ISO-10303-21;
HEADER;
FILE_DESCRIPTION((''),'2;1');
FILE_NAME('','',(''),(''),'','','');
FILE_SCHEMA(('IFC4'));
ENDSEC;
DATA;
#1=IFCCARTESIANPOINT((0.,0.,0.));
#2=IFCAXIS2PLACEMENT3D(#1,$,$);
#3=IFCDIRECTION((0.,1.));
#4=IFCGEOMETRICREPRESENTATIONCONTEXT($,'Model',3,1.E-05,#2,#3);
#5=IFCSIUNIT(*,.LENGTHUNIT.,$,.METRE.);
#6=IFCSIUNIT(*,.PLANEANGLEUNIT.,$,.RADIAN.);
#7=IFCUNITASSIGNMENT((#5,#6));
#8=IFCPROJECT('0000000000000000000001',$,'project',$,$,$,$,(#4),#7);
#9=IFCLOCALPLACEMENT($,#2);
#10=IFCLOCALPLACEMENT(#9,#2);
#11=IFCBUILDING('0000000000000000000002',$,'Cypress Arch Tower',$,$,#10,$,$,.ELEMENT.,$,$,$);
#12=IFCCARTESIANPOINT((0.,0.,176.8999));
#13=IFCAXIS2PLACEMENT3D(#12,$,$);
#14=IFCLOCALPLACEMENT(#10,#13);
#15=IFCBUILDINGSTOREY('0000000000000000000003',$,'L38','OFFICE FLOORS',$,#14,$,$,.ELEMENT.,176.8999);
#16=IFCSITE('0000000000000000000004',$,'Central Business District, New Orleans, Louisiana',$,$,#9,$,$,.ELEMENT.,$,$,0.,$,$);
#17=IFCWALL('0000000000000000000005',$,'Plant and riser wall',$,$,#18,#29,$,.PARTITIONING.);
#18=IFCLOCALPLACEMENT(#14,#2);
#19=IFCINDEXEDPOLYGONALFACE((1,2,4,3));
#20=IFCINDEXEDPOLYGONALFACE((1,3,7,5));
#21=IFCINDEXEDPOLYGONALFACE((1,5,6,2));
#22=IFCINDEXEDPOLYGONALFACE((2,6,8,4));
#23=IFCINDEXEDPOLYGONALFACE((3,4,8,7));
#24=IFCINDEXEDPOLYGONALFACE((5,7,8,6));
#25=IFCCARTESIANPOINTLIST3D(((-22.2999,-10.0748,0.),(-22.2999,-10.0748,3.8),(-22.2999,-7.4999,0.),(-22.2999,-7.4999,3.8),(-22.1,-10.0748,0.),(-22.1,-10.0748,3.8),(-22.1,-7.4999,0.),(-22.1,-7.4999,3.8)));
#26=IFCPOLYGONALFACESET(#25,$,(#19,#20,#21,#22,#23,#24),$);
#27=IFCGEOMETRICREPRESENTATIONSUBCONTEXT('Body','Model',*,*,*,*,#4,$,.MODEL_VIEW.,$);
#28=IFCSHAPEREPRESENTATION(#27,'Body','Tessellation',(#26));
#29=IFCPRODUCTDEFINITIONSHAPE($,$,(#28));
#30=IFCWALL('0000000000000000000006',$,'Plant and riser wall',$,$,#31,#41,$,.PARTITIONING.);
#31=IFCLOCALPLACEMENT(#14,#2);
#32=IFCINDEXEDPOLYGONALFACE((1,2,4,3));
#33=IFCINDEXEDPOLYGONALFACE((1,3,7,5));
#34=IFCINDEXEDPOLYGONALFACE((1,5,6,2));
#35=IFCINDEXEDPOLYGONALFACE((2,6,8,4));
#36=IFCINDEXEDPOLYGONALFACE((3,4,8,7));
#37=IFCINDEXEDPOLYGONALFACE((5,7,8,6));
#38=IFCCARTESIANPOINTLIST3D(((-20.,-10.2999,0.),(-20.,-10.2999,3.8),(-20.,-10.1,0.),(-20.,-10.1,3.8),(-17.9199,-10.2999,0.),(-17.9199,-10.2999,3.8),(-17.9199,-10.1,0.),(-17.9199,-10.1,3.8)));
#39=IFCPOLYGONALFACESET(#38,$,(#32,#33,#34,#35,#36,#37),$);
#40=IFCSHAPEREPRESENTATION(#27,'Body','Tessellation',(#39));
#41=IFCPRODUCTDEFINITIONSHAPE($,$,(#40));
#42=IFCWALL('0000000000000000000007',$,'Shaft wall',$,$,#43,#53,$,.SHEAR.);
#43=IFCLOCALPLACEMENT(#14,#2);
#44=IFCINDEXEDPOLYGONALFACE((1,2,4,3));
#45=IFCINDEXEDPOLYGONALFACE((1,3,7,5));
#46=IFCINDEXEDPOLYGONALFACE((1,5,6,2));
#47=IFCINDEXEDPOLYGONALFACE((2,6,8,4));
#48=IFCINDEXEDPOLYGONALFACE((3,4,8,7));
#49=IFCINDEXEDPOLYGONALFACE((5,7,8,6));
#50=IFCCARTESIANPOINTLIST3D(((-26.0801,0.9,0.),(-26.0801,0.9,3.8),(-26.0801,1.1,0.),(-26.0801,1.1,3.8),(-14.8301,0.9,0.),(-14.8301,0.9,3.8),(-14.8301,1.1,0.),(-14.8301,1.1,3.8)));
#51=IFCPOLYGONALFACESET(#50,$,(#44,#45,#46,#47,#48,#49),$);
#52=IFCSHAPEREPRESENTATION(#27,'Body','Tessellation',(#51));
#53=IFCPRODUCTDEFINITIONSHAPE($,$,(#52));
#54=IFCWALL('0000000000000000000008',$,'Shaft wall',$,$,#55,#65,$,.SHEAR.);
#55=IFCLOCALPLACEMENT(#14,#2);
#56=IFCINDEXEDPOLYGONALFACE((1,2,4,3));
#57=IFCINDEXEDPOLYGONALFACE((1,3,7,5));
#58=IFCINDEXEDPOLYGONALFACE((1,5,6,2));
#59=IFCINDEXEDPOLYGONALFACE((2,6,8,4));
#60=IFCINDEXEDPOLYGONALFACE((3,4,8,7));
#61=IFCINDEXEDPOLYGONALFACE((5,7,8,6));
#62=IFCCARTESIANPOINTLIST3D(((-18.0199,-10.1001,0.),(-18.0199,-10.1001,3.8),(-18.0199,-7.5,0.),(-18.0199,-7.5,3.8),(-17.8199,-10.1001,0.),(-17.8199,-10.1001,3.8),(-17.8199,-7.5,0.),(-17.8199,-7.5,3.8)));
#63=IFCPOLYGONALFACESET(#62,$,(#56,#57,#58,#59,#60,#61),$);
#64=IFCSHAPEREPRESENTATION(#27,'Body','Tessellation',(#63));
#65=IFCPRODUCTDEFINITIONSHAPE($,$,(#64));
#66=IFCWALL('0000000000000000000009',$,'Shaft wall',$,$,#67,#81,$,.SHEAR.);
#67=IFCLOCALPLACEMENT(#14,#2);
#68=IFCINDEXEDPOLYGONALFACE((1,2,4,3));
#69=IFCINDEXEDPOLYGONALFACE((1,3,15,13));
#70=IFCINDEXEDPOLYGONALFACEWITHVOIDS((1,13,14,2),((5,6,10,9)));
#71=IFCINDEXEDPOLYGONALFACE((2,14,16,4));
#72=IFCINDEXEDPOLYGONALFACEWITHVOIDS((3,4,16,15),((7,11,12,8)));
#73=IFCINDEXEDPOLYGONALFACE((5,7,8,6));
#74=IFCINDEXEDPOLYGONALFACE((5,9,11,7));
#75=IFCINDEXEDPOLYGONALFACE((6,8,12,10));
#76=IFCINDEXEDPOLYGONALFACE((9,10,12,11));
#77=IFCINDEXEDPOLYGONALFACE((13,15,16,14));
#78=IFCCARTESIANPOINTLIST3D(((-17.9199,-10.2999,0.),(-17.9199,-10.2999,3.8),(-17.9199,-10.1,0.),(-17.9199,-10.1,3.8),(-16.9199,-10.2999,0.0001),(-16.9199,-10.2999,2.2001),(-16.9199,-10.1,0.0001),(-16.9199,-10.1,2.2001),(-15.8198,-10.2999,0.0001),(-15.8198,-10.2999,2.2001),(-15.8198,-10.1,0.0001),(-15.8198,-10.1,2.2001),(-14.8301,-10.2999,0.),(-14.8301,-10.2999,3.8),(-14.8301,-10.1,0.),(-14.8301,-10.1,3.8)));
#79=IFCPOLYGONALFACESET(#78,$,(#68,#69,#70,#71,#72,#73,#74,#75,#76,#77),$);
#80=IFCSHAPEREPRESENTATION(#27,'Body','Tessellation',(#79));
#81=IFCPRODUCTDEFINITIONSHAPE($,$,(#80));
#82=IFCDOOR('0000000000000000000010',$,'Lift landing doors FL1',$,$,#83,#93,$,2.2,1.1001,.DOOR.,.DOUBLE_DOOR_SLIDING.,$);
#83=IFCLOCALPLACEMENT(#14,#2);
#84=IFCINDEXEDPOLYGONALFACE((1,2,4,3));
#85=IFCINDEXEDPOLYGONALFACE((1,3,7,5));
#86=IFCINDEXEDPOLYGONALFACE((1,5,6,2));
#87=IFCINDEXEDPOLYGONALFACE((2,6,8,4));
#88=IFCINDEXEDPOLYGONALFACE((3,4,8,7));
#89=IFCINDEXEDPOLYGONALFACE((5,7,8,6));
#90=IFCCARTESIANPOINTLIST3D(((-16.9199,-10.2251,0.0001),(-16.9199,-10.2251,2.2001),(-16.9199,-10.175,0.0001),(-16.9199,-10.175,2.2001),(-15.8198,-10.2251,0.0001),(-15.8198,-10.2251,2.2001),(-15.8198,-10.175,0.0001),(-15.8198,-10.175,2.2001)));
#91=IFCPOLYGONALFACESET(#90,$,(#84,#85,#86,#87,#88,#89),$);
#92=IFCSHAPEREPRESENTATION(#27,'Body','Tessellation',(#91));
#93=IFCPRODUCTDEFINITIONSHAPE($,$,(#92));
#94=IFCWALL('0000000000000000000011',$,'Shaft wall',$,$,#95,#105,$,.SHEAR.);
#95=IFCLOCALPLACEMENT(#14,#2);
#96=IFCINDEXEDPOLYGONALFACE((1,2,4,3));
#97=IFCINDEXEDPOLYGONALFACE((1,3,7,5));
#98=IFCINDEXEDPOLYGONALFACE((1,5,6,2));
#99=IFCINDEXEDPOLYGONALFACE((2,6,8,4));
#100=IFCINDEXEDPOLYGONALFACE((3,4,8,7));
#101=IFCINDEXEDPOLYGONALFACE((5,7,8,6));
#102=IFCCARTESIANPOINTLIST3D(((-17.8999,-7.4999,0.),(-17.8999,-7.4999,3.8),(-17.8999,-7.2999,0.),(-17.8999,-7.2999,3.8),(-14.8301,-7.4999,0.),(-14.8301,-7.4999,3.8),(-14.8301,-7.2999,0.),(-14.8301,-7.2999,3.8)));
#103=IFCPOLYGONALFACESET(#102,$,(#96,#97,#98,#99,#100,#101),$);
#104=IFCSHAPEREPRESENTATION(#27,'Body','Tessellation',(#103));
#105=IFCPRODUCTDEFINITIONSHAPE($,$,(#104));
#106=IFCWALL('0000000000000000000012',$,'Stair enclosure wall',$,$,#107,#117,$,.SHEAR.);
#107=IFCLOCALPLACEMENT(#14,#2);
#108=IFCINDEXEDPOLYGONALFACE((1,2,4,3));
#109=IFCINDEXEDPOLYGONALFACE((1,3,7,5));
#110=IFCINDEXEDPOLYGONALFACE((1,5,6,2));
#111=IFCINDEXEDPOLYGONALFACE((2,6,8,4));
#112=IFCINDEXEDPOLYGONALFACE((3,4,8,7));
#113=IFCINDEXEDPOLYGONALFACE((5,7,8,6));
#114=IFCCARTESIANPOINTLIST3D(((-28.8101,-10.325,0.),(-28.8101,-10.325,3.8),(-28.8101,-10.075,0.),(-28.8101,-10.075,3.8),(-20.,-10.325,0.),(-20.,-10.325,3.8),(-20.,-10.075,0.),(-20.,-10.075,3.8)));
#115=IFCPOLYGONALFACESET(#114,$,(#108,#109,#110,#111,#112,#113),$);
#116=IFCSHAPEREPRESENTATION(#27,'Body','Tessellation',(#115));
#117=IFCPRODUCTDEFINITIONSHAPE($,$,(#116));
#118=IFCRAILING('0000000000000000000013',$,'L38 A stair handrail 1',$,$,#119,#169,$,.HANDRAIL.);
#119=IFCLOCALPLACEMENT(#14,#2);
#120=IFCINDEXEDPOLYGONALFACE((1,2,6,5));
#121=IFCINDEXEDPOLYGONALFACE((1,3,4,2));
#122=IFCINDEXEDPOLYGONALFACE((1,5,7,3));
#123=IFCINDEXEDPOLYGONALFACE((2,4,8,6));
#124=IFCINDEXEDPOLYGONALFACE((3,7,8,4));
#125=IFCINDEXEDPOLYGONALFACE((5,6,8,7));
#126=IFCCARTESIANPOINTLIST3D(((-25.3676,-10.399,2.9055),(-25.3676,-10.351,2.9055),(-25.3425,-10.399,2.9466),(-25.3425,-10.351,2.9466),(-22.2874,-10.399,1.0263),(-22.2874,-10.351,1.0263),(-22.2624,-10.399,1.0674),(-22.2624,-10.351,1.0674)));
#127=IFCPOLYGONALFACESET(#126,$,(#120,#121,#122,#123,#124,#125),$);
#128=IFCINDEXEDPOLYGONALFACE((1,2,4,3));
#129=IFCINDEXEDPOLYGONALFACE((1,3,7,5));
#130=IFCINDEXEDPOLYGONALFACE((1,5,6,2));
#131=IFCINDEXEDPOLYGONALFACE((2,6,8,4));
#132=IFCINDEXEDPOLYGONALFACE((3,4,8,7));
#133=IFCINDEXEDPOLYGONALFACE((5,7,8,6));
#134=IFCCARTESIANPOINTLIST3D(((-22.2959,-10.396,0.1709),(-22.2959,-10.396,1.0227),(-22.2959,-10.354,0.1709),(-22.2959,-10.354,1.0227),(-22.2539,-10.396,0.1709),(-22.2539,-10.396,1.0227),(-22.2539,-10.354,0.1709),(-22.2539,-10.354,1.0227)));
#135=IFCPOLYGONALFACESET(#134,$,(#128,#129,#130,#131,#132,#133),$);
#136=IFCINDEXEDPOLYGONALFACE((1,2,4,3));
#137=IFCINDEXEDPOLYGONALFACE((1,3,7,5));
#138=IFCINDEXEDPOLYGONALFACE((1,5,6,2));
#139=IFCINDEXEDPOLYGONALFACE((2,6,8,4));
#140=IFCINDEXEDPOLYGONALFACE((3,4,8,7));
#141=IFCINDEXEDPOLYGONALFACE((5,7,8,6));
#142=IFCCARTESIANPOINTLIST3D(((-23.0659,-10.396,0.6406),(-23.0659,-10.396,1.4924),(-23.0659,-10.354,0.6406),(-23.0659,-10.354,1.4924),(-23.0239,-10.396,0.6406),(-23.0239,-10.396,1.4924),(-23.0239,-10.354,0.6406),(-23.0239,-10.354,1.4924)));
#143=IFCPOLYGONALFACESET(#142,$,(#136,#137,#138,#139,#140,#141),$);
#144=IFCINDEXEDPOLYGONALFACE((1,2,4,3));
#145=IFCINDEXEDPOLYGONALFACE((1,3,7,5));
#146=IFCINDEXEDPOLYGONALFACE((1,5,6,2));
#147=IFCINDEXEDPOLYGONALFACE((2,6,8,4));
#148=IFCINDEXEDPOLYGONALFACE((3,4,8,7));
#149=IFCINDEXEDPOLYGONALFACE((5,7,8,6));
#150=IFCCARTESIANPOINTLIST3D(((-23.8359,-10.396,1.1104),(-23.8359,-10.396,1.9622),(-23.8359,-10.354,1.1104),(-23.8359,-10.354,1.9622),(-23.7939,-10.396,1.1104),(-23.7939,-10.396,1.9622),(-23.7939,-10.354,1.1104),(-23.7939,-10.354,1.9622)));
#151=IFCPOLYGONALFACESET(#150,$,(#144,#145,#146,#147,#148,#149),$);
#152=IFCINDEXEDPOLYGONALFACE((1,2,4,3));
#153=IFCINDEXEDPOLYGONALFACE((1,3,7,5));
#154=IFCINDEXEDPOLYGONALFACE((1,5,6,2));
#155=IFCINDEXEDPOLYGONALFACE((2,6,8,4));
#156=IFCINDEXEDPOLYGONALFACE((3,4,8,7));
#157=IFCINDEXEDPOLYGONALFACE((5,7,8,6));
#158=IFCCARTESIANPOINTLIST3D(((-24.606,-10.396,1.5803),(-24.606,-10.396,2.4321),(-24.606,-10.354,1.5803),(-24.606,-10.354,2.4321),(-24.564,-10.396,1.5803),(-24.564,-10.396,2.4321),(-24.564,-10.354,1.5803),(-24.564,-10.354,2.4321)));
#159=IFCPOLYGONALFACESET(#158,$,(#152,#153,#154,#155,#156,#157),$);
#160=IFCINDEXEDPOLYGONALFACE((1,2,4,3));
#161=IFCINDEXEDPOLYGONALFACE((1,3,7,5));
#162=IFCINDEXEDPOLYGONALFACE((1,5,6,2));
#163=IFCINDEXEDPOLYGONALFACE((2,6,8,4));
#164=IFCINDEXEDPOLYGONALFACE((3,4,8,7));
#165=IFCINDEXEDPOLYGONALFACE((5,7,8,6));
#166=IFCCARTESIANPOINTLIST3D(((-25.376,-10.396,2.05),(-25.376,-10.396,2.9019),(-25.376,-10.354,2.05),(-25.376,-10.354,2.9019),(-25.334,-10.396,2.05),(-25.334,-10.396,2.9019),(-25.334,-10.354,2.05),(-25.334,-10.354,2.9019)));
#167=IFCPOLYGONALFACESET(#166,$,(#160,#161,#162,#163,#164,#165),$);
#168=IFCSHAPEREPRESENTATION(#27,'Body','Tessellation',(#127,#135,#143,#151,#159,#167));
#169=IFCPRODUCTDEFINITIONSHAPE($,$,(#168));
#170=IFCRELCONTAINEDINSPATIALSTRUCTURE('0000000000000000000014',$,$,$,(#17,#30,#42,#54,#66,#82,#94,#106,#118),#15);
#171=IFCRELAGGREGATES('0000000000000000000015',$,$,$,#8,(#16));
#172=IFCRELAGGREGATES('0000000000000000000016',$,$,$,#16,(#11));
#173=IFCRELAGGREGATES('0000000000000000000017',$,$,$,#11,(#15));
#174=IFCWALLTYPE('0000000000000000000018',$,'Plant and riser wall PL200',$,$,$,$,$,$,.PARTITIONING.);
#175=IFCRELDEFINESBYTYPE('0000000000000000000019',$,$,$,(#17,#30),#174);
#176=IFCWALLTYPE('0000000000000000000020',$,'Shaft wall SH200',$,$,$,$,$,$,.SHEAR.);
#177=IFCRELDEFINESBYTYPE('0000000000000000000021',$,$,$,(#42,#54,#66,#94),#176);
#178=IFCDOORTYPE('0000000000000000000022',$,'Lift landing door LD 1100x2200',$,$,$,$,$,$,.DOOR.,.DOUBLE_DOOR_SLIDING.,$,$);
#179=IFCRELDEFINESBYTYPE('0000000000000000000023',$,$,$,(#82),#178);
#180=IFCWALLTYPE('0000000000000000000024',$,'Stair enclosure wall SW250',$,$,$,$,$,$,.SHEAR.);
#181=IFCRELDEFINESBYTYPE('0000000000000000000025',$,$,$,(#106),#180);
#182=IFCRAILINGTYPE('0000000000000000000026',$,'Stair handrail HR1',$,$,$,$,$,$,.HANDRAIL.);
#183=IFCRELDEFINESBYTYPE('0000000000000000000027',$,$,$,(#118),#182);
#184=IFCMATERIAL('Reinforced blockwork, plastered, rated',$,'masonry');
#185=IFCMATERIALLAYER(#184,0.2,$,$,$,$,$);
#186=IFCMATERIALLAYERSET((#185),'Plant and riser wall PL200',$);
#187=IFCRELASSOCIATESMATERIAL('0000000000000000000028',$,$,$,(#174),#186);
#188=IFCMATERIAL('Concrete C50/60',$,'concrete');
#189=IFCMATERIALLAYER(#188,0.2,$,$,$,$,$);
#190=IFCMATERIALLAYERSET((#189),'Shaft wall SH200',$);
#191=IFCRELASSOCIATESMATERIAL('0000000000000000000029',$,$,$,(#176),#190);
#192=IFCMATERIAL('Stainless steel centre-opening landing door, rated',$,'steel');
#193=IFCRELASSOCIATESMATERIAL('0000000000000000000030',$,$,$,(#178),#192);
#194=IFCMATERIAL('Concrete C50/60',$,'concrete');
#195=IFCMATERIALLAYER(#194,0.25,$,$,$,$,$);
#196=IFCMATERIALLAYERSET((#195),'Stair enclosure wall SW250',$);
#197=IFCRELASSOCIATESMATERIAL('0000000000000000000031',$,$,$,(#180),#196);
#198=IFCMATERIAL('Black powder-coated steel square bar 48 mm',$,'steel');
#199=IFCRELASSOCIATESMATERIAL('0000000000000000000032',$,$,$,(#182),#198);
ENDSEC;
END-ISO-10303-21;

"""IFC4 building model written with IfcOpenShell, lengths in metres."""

from ifc_helpers import new_model, si_unit, direction, frame, frame_2d, origin, origin_2d, place, context, subcontext, project, spatial, rectangle, extrude, material, layer, layer_set, type_object, element, fill, save


model = new_model("IFC4")

# Units and contexts
model_context = context("Model", 3, precision=1e-05, world=origin(), true_north=direction((0.0, 1.0)))
body_context = subcontext(model_context, "Body", "Model", "MODEL_VIEW")
ifc_project = project(units=[si_unit("LENGTHUNIT", "METRE"), si_unit("PLANEANGLEUNIT", "RADIAN")], contexts=[model_context])

# Site, building, storey
site_placement = place(None, origin())
site = spatial("IfcSite", under=ifc_project, at=site_placement, Name="Central Business District, New Orleans, Louisiana", CompositionType="ELEMENT", RefElevation=0.0)
building_placement = place(site_placement, origin())
building = spatial("IfcBuilding", under=site, at=building_placement, Name="Cypress Arch Tower", CompositionType="ELEMENT")
storey_placement = place(building_placement, frame((0.0, 0.0, 176.8999)))
storey = spatial("IfcBuildingStorey", under=building, at=storey_placement, Name="L38", Description="OFFICE FLOORS", CompositionType="ELEMENT", Elevation=176.8999)

# Shared definitions
ifc_material_1 = material(Name="Reinforced blockwork, plastered, rated", Category="masonry")
ifc_layer_1 = layer(ifc_material_1, 0.2)
ifc_layer_set_1 = layer_set([ifc_layer_1], Name="Plant and riser wall PL200")
wall_type_1 = type_object("IfcWallType", Name="Plant and riser wall PL200", PredefinedType="PARTITIONING", material=ifc_layer_set_1)

# Walls
wall_1_placement = place(storey_placement, frame((-22.2, -10.075, 0.0), z_axis=(0.0, 0.0, 1.0), x_axis=(0.0, 1.0, 0.0)))
element("IfcWall", 1, at=wall_1_placement, inside=storey, type_object=wall_type_1, Name="Plant and riser wall", PredefinedType="PARTITIONING", context=body_context, shape_type="SweptSolid", body=[
    extrude(rectangle(XDim=2.575, YDim=0.2, at=frame_2d((1.2876, 0.0))), origin(), (0.0, 0.0, 1.0), 3.8),
])
wall_2_placement = place(storey_placement, frame((-20.0, -10.2, 0.0), z_axis=(0.0, 0.0, 1.0), x_axis=(1.0, 0.0, 0.0)))
element("IfcWall", 2, at=wall_2_placement, inside=storey, type_object=wall_type_1, Name="Plant and riser wall", PredefinedType="PARTITIONING", context=body_context, shape_type="SweptSolid", body=[
    extrude(rectangle(XDim=2.0801, YDim=0.2, at=frame_2d((1.04, 0.0))), origin(), (0.0, 0.0, 1.0), 3.8),
])
ifc_material_2 = material(Name="Concrete C50/60", Category="concrete")
ifc_layer_2 = layer(ifc_material_2, 0.2)
ifc_layer_set_2 = layer_set([ifc_layer_2], Name="Shaft wall SH200")
wall_type_2 = type_object("IfcWallType", Name="Shaft wall SH200", PredefinedType="SHEAR", material=ifc_layer_set_2)
wall_3_placement = place(storey_placement, frame((-26.0801, 1.0, 0.0), z_axis=(0.0, 0.0, 1.0), x_axis=(1.0, 0.0, 0.0)))
element("IfcWall", 3, at=wall_3_placement, inside=storey, type_object=wall_type_2, Name="Shaft wall", PredefinedType="SHEAR", context=body_context, shape_type="SweptSolid", body=[
    extrude(rectangle(XDim=11.25, YDim=0.2, at=frame_2d((5.625, 0.0))), origin(), (0.0, 0.0, 1.0), 3.8),
])
wall_4_placement = place(storey_placement, frame((-17.9199, -10.1001, 0.0), z_axis=(0.0, 0.0, 1.0), x_axis=(0.0, 1.0, 0.0)))
element("IfcWall", 4, at=wall_4_placement, inside=storey, type_object=wall_type_2, Name="Shaft wall", PredefinedType="SHEAR", context=body_context, shape_type="SweptSolid", body=[
    extrude(rectangle(XDim=2.6001, YDim=0.2, at=frame_2d((1.3, 0.0))), origin(), (0.0, 0.0, 1.0), 3.8),
])

# Wall, opening, door
wall_5_placement = place(storey_placement, frame((-17.9199, -10.2, 0.0), z_axis=(0.0, 0.0, 1.0), x_axis=(1.0, 0.0, 0.0)))
wall_5 = element("IfcWall", 5, at=wall_5_placement, inside=storey, type_object=wall_type_2, Name="Shaft wall", PredefinedType="SHEAR", context=body_context, shape_type="SweptSolid", body=[
    extrude(rectangle(XDim=3.0898, YDim=0.2, at=frame_2d((1.5449, 0.0))), origin(), (0.0, 0.0, 1.0), 3.8),
])
opening_1_placement = place(wall_5_placement, frame((1.0, 0.0, 0.0)))
opening_1 = element("IfcOpeningElement", 6, at=opening_1_placement, cuts=wall_5, PredefinedType="OPENING", context=body_context, shape_type="SweptSolid", body=[
    extrude(rectangle(XDim=1.1001, YDim=2.2, at=frame_2d((0.55, 1.1001))), frame((0.0, 0.1099, 0.0), z_axis=(0.0, -1.0, 0.0), x_axis=(1.0, 0.0, 0.0)), (0.0, 0.0, 1.0), 0.22),
])
ifc_material_3 = material(Name="Stainless steel centre-opening landing door, rated", Category="steel")
door_type_1 = type_object("IfcDoorType", Name="Lift landing door LD 1100x2200", OperationType="DOUBLE_DOOR_SLIDING", PredefinedType="DOOR", material=ifc_material_3)
door_1_placement = place(opening_1_placement, origin())
door_1 = element("IfcDoor", 7, at=door_1_placement, inside=storey, type_object=door_type_1, Name="Lift landing doors FL1", OperationType="DOUBLE_DOOR_SLIDING", OverallHeight=2.2, OverallWidth=1.1001, PredefinedType="DOOR", context=body_context, shape_type="SweptSolid", body=[
    extrude(rectangle(XDim=1.1001, YDim=2.2, at=frame_2d((0.55, 1.1001))), frame((0.0, 0.0249, 0.0), z_axis=(0.0, -1.0, 0.0), x_axis=(1.0, 0.0, 0.0)), (0.0, 0.0, 1.0), 0.05),
])
fill(opening_1, door_1)

# Walls
wall_6_placement = place(storey_placement, frame((-17.8999, -7.3999, 0.0), z_axis=(0.0, 0.0, 1.0), x_axis=(1.0, 0.0, 0.0)))
element("IfcWall", 8, at=wall_6_placement, inside=storey, type_object=wall_type_2, Name="Shaft wall", PredefinedType="SHEAR", context=body_context, shape_type="SweptSolid", body=[
    extrude(rectangle(XDim=3.0698, YDim=0.2, at=frame_2d((1.5349, 0.0))), origin(), (0.0, 0.0, 1.0), 3.8),
])
ifc_material_4 = material(Name="Concrete C50/60", Category="concrete")
ifc_layer_3 = layer(ifc_material_4, 0.25)
ifc_layer_set_3 = layer_set([ifc_layer_3], Name="Stair enclosure wall SW250")
wall_type_3 = type_object("IfcWallType", Name="Stair enclosure wall SW250", PredefinedType="SHEAR", material=ifc_layer_set_3)
wall_7_placement = place(storey_placement, frame((-28.8101, -10.2, 0.0), z_axis=(0.0, 0.0, 1.0), x_axis=(1.0, 0.0, 0.0)))
element("IfcWall", 9, at=wall_7_placement, inside=storey, type_object=wall_type_3, Name="Stair enclosure wall", PredefinedType="SHEAR", context=body_context, shape_type="SweptSolid", body=[
    extrude(rectangle(XDim=8.8101, YDim=0.25, at=frame_2d((4.405, 0.0))), origin(), (0.0, 0.0, 1.0), 3.8),
])

# Railing
ifc_material_5 = material(Name="Black powder-coated steel square bar 48 mm", Category="steel")
railing_type_1 = type_object("IfcRailingType", Name="Stair handrail HR1", PredefinedType="HANDRAIL", material=ifc_material_5)
railing_1_placement = place(storey_placement, frame((-22.2749, -10.375, 0.1709)))
element("IfcRailing", 10, at=railing_1_placement, inside=storey, type_object=railing_type_1, Name="L38 A stair handrail 1", PredefinedType="HANDRAIL", context=body_context, shape_type="SweptSolid", body=[
    extrude(rectangle(XDim=0.0481, YDim=0.0481, at=origin_2d()), frame((0.0, 0.0, 0.876), z_axis=(-0.853666, 0.0, 0.52082), x_axis=(0.0, -1.0, 0.0)), (0.0, 0.0, 1.0), 3.6082),
    extrude(rectangle(XDim=0.042, YDim=0.042, at=origin_2d()), origin(), (0.0, 0.0, 1.0), 0.8518),
    extrude(rectangle(XDim=0.042, YDim=0.042, at=origin_2d()), frame((-0.77, 0.0, 0.4697)), (0.0, 0.0, 1.0), 0.8518),
    extrude(rectangle(XDim=0.042, YDim=0.042, at=origin_2d()), frame((-1.54, 0.0, 0.9395)), (0.0, 0.0, 1.0), 0.8518),
    extrude(rectangle(XDim=0.042, YDim=0.042, at=origin_2d()), frame((-2.3101, 0.0, 1.4094)), (0.0, 0.0, 1.0), 0.8518),
    extrude(rectangle(XDim=0.042, YDim=0.042, at=origin_2d()), frame((-3.0801, 0.0, 1.8792)), (0.0, 0.0, 1.0), 0.8518),
])

save(model, "model.ifc")
